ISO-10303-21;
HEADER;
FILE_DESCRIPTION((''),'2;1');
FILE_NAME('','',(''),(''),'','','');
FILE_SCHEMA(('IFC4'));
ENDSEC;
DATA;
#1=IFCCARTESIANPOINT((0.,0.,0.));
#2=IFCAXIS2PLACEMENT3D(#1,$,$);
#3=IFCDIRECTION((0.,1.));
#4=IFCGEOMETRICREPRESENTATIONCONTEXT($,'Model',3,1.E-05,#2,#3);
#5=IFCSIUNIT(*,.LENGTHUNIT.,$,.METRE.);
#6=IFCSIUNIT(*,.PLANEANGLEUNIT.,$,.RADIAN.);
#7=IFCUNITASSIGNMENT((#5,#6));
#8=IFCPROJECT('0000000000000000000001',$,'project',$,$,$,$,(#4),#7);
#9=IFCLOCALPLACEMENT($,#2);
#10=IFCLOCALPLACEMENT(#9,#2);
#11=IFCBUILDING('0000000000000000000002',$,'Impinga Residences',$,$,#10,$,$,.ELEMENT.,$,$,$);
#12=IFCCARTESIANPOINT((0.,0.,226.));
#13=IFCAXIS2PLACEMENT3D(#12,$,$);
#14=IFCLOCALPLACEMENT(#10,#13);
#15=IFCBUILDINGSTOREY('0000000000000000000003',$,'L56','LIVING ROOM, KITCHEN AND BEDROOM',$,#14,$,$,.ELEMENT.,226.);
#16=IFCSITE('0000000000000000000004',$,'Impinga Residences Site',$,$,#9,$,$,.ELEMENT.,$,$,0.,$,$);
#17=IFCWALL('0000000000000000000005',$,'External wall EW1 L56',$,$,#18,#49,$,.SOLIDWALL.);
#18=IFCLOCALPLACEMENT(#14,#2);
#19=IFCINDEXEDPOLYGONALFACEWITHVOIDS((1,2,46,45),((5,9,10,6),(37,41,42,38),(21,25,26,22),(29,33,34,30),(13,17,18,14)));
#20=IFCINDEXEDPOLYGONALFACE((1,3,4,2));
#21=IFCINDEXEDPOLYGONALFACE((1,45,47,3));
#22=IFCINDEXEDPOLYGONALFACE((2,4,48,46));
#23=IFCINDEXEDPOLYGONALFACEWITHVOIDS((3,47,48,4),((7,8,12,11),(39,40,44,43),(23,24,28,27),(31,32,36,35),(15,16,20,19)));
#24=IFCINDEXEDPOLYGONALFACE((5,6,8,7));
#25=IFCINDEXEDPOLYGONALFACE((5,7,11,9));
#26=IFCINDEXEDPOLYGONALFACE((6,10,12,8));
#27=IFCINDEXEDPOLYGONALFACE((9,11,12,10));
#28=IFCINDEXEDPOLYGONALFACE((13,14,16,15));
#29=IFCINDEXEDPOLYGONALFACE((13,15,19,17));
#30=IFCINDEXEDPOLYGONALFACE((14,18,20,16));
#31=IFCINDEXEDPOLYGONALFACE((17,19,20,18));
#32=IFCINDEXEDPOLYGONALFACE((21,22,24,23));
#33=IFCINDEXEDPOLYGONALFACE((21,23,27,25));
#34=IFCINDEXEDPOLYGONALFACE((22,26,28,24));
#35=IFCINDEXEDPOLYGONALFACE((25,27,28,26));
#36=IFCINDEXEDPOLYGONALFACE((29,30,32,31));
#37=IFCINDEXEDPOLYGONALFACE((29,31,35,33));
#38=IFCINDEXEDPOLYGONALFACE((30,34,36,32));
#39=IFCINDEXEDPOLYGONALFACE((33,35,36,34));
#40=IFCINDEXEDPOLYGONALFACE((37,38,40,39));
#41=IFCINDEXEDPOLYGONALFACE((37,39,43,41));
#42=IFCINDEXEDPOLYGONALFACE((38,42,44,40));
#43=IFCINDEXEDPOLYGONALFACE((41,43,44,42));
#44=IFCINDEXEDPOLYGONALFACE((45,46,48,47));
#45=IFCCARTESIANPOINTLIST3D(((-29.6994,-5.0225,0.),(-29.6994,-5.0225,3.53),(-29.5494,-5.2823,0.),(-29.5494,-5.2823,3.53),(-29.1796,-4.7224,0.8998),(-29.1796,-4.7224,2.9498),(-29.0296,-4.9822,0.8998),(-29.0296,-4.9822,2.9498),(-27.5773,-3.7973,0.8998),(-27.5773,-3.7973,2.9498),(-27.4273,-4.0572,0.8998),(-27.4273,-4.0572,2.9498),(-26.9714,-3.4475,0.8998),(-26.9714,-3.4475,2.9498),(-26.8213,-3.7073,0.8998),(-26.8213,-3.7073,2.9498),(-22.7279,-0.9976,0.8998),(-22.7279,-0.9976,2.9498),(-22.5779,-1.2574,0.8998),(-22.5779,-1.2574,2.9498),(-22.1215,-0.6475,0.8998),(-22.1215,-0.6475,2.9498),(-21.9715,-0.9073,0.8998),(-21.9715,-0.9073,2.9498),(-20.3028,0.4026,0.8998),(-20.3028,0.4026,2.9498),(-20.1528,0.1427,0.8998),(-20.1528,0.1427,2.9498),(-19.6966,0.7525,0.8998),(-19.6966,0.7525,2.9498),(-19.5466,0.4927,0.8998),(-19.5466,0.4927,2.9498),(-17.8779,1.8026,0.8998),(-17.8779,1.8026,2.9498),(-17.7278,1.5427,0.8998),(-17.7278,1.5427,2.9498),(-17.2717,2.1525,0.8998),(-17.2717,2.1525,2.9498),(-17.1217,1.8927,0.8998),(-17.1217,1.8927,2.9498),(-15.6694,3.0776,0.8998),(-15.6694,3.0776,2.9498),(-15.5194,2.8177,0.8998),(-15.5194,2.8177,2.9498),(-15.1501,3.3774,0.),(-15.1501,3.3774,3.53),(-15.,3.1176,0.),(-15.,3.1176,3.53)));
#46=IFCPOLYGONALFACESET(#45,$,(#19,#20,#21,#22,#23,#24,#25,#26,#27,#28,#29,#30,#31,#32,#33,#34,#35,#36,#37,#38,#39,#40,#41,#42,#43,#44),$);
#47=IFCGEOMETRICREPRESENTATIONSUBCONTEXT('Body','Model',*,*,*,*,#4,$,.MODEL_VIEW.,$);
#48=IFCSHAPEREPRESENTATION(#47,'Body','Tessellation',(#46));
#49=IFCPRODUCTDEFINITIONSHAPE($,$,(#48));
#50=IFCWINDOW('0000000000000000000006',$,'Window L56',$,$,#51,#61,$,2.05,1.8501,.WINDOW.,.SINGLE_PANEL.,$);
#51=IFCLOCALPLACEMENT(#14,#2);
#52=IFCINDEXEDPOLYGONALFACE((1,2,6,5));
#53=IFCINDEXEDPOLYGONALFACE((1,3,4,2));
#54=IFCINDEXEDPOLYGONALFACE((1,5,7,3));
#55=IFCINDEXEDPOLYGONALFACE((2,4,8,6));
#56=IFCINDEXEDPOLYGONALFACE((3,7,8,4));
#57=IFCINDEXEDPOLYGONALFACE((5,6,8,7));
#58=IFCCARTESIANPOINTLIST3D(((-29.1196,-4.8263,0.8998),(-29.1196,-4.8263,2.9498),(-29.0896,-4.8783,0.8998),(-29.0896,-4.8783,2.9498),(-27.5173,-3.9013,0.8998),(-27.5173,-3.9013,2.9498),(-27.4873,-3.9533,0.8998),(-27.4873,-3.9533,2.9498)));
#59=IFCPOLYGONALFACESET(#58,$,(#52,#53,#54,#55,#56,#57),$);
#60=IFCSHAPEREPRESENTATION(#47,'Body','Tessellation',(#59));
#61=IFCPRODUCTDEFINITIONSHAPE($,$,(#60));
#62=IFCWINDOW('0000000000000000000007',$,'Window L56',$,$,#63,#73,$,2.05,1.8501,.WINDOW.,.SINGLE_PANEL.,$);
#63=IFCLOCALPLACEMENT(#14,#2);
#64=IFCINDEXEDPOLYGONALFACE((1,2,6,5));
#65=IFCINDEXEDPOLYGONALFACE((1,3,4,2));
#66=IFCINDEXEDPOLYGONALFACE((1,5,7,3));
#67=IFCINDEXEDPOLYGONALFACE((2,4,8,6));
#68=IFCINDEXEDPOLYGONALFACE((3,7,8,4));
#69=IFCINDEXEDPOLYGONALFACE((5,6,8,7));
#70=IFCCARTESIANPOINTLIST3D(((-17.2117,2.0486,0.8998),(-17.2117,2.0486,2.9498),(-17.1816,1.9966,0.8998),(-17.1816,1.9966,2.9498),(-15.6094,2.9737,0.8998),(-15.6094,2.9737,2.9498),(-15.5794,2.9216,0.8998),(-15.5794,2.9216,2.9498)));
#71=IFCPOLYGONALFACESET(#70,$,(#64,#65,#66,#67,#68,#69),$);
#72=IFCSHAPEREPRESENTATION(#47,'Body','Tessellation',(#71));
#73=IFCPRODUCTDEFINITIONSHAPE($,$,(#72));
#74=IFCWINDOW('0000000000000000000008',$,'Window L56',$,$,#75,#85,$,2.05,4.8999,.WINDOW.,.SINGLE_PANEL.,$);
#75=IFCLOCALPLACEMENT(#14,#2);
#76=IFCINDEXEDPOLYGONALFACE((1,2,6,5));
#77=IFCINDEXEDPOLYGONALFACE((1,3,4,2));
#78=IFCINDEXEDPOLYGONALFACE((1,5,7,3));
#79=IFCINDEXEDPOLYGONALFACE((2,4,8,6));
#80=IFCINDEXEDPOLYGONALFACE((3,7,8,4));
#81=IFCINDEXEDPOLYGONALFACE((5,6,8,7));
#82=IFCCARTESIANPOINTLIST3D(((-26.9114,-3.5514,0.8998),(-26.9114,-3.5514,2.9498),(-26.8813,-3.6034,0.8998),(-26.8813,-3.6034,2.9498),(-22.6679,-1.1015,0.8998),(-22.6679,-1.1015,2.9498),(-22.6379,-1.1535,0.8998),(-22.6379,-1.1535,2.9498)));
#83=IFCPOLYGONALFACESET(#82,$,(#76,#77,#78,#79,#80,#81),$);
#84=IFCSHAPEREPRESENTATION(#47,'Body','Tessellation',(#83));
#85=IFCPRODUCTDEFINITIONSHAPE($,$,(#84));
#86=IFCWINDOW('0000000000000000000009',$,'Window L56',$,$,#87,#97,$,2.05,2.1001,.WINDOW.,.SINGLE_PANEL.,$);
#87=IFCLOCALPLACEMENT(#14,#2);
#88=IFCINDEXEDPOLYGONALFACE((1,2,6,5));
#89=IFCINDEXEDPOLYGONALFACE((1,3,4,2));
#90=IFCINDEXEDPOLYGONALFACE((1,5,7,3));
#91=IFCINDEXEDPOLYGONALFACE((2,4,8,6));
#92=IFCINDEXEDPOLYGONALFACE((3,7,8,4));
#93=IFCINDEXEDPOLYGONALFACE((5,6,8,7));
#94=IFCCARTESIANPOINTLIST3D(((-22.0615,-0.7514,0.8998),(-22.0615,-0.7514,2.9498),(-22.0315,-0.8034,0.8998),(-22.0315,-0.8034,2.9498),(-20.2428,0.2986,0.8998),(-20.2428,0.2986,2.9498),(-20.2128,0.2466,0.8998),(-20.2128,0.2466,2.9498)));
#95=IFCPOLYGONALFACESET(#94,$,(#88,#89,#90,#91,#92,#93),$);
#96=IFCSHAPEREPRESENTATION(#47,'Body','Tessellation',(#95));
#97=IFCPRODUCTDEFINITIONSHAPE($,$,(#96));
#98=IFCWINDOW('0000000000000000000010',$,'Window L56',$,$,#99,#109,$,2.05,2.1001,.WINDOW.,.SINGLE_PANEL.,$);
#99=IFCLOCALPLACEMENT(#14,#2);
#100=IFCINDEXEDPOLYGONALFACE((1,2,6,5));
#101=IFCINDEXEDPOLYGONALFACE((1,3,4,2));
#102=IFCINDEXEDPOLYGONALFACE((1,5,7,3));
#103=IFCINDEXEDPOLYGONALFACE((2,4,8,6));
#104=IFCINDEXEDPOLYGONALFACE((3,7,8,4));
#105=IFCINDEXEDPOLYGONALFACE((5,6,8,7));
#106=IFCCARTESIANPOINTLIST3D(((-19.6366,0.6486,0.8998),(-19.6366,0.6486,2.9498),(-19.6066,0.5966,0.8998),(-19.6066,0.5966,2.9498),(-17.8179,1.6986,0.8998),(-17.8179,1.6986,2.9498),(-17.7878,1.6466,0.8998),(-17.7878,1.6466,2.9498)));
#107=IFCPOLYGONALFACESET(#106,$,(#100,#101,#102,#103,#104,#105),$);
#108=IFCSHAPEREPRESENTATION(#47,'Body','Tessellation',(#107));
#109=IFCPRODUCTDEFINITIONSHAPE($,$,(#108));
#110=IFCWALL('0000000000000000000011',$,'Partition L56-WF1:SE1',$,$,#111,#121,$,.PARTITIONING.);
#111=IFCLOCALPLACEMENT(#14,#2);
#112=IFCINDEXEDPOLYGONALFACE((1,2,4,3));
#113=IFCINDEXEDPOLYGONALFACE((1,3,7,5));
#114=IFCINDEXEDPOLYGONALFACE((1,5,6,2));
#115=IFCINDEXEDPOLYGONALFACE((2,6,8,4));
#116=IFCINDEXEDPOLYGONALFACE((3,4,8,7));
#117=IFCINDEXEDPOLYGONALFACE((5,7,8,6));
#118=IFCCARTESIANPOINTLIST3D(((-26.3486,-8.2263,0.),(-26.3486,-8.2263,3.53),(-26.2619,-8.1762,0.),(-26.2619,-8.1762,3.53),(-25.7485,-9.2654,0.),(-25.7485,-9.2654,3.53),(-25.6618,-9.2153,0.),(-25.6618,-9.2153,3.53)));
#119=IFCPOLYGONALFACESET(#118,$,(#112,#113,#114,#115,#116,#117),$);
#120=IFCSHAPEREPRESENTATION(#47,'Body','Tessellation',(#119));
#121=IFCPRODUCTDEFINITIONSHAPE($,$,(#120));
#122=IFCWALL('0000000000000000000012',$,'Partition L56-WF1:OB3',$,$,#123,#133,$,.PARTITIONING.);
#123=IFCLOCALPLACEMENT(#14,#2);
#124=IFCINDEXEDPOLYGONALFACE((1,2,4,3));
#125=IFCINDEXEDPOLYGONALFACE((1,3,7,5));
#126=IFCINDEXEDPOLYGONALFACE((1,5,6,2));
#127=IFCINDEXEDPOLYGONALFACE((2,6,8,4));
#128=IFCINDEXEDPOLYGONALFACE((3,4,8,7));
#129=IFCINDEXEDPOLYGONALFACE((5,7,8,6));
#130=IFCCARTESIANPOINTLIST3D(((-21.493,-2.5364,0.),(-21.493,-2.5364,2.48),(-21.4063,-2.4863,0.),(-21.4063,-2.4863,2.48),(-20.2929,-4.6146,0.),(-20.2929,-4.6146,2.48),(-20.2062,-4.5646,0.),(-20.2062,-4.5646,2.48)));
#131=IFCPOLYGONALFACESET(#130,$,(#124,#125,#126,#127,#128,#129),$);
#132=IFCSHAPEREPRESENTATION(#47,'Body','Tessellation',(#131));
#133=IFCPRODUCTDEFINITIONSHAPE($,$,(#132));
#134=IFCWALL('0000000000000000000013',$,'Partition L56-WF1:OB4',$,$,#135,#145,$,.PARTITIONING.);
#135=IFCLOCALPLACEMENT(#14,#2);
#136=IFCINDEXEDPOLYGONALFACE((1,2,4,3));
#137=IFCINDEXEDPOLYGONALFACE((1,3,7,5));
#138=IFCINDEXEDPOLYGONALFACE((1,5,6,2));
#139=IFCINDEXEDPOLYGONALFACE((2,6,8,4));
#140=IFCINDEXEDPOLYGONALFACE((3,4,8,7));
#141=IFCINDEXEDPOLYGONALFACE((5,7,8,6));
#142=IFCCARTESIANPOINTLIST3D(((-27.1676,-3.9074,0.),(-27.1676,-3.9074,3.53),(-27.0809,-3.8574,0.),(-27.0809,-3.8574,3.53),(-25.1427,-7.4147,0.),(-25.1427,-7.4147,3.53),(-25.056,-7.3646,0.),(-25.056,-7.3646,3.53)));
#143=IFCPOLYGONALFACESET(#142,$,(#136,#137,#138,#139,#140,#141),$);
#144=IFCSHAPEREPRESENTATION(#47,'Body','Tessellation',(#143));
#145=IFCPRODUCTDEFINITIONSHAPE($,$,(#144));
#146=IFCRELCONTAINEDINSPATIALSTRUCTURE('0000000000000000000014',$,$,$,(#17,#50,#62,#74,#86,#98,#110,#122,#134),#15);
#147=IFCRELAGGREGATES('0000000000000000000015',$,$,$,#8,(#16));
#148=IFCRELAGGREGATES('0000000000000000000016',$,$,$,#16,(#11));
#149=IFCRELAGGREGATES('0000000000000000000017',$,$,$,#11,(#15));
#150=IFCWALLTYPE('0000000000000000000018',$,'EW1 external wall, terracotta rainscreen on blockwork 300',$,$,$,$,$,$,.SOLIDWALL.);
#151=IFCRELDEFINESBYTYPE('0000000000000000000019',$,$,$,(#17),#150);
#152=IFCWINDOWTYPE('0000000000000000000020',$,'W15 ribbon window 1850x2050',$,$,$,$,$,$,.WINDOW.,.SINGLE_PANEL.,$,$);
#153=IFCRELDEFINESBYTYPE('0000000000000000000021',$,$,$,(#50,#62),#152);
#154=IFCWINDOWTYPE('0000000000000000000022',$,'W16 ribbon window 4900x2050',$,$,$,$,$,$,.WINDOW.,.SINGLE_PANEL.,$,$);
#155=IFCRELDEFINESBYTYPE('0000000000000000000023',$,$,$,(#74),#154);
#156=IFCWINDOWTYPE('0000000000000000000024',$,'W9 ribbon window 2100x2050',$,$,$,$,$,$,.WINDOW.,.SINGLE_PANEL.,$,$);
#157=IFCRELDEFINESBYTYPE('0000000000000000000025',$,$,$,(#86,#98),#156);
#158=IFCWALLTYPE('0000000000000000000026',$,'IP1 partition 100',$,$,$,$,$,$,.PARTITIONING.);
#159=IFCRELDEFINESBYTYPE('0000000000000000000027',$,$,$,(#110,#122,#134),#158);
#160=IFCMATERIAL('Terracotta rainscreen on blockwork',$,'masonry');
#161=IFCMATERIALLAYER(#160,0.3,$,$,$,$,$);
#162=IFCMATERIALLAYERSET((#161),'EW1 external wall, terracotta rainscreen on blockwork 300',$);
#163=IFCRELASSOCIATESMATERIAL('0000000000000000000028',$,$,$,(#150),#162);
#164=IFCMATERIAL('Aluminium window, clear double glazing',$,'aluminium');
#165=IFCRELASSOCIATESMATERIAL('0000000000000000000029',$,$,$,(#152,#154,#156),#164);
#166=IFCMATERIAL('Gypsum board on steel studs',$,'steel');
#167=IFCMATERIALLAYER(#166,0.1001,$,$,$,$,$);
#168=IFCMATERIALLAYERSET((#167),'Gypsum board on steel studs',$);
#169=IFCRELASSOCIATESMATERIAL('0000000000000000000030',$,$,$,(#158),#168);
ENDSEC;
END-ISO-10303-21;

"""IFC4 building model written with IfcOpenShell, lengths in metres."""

from ifc_helpers import new_model, si_unit, direction, frame, frame_2d, origin, place, context, subcontext, project, spatial, rectangle, extrude, material, layer, layer_set, type_object, element, fill, save


model = new_model("IFC4")

# Units and contexts
model_context = context("Model", 3, precision=1e-05, world=origin(), true_north=direction((0.0, 1.0)))
body_context = subcontext(model_context, "Body", "Model", "MODEL_VIEW")
ifc_project = project(units=[si_unit("LENGTHUNIT", "METRE"), si_unit("PLANEANGLEUNIT", "RADIAN")], contexts=[model_context])

# Site, building, storey
site_placement = place(None, origin())
site = spatial("IfcSite", under=ifc_project, at=site_placement, Name="Impinga Residences Site", CompositionType="ELEMENT", RefElevation=0.0)
building_placement = place(site_placement, origin())
building = spatial("IfcBuilding", under=site, at=building_placement, Name="Impinga Residences", CompositionType="ELEMENT")
storey_placement = place(building_placement, frame((0.0, 0.0, 226.0)))
storey = spatial("IfcBuildingStorey", under=building, at=storey_placement, Name="L56", Description="LIVING ROOM, KITCHEN AND BEDROOM", CompositionType="ELEMENT", Elevation=226.0)

# Shared definitions
ifc_material_1 = material(Name="Terracotta rainscreen on blockwork", Category="masonry")
ifc_layer_1 = layer(ifc_material_1, 0.3)
ifc_layer_set_1 = layer_set([ifc_layer_1], Name="EW1 external wall, terracotta rainscreen on blockwork 300")
wall_type_1 = type_object("IfcWallType", Name="EW1 external wall, terracotta rainscreen on blockwork 300", PredefinedType="SOLIDWALL", material=ifc_layer_set_1)

# Wall, openings, windows
wall_1_placement = place(storey_placement, frame((-29.6243, -5.1523, 0.0), z_axis=(0.0, 0.0, 1.0), x_axis=(0.866029, 0.499993, 0.0)))
wall_1 = element("IfcWall", 1, at=wall_1_placement, inside=storey, type_object=wall_type_1, Name="External wall EW1 L56", PredefinedType="SOLIDWALL", context=body_context, shape_type="SweptSolid", body=[
    extrude(rectangle(XDim=16.8, YDim=0.3, at=frame_2d((8.3999, 0.0))), origin(), (0.0, 0.0, 1.0), 3.53),
])
opening_1_placement = place(wall_1_placement, frame((0.6001, 0.0, 0.8999)))
opening_1 = element("IfcOpeningElement", 2, at=opening_1_placement, cuts=wall_1, PredefinedType="OPENING", context=body_context, shape_type="SweptSolid", body=[
    extrude(rectangle(XDim=1.8501, YDim=2.05, at=frame_2d((0.925, 1.0249))), frame((0.0, 0.1599, 0.0), z_axis=(0.0, -1.0, 0.0), x_axis=(1.0, 0.0, 0.0)), (0.0, 0.0, 1.0), 0.3201),
])
opening_2_placement = place(wall_1_placement, frame((3.1499, 0.0, 0.8999)))
opening_2 = element("IfcOpeningElement", 3, at=opening_2_placement, cuts=wall_1, PredefinedType="OPENING", context=body_context, shape_type="SweptSolid", body=[
    extrude(rectangle(XDim=4.8999, YDim=2.05, at=frame_2d((2.45, 1.0249))), frame((0.0, 0.1599, 0.0), z_axis=(0.0, -1.0, 0.0), x_axis=(1.0, 0.0, 0.0)), (0.0, 0.0, 1.0), 0.3201),
])
opening_3_placement = place(wall_1_placement, frame((8.75, 0.0, 0.8999)))
opening_3 = element("IfcOpeningElement", 4, at=opening_3_placement, cuts=wall_1, PredefinedType="OPENING", context=body_context, shape_type="SweptSolid", body=[
    extrude(rectangle(XDim=2.1001, YDim=2.05, at=frame_2d((1.05, 1.0249))), frame((0.0, 0.1599, 0.0), z_axis=(0.0, -1.0, 0.0), x_axis=(1.0, 0.0, 0.0)), (0.0, 0.0, 1.0), 0.3201),
])
opening_4_placement = place(wall_1_placement, frame((11.55, 0.0, 0.8999)))
opening_4 = element("IfcOpeningElement", 5, at=opening_4_placement, cuts=wall_1, PredefinedType="OPENING", context=body_context, shape_type="SweptSolid", body=[
    extrude(rectangle(XDim=2.1001, YDim=2.05, at=frame_2d((1.05, 1.0249))), frame((0.0, 0.1599, 0.0), z_axis=(0.0, -1.0, 0.0), x_axis=(1.0, 0.0, 0.0)), (0.0, 0.0, 1.0), 0.3201),
])
opening_5_placement = place(wall_1_placement, frame((14.3501, 0.0, 0.8999)))
opening_5 = element("IfcOpeningElement", 6, at=opening_5_placement, cuts=wall_1, PredefinedType="OPENING", context=body_context, shape_type="SweptSolid", body=[
    extrude(rectangle(XDim=1.8501, YDim=2.05, at=frame_2d((0.925, 1.0249))), frame((0.0, 0.1599, 0.0), z_axis=(0.0, -1.0, 0.0), x_axis=(1.0, 0.0, 0.0)), (0.0, 0.0, 1.0), 0.3201),
])
ifc_material_2 = material(Name="Aluminium window, clear double glazing", Category="aluminium")
window_type_1 = type_object("IfcWindowType", Name="W15 ribbon window 1850x2050", PartitioningType="SINGLE_PANEL", PredefinedType="WINDOW", material=ifc_material_2)
window_1_placement = place(opening_1_placement, origin())
window_1 = element("IfcWindow", 7, at=window_1_placement, inside=storey, type_object=window_type_1, Name="Window L56", OverallHeight=2.05, OverallWidth=1.8501, PartitioningType="SINGLE_PANEL", PredefinedType="WINDOW", context=body_context, shape_type="SweptSolid", body=[
    extrude(rectangle(XDim=1.8501, YDim=2.05, at=frame_2d((0.925, 1.0249))), frame((0.0, 0.03, 0.0), z_axis=(0.0, -1.0, 0.0), x_axis=(1.0, 0.0, 0.0)), (0.0, 0.0, 1.0), 0.0601),
])
fill(opening_1, window_1)
window_2_placement = place(opening_5_placement, origin())
window_2 = element("IfcWindow", 8, at=window_2_placement, inside=storey, type_object=window_type_1, Name="Window L56", OverallHeight=2.05, OverallWidth=1.8501, PartitioningType="SINGLE_PANEL", PredefinedType="WINDOW", context=body_context, shape_type="SweptSolid", body=[
    extrude(rectangle(XDim=1.8501, YDim=2.05, at=frame_2d((0.925, 1.0249))), frame((0.0, 0.03, 0.0), z_axis=(0.0, -1.0, 0.0), x_axis=(1.0, 0.0, 0.0)), (0.0, 0.0, 1.0), 0.0601),
])
fill(opening_5, window_2)
window_type_2 = type_object("IfcWindowType", Name="W16 ribbon window 4900x2050", PartitioningType="SINGLE_PANEL", PredefinedType="WINDOW", material=ifc_material_2)
window_3_placement = place(opening_2_placement, origin())
window_3 = element("IfcWindow", 9, at=window_3_placement, inside=storey, type_object=window_type_2, Name="Window L56", OverallHeight=2.05, OverallWidth=4.8999, PartitioningType="SINGLE_PANEL", PredefinedType="WINDOW", context=body_context, shape_type="SweptSolid", body=[
    extrude(rectangle(XDim=4.8999, YDim=2.05, at=frame_2d((2.45, 1.0249))), frame((0.0, 0.03, 0.0), z_axis=(0.0, -1.0, 0.0), x_axis=(1.0, 0.0, 0.0)), (0.0, 0.0, 1.0), 0.0601),
])
fill(opening_2, window_3)
window_type_3 = type_object("IfcWindowType", Name="W9 ribbon window 2100x2050", PartitioningType="SINGLE_PANEL", PredefinedType="WINDOW", material=ifc_material_2)
window_4_placement = place(opening_3_placement, origin())
window_4 = element("IfcWindow", 10, at=window_4_placement, inside=storey, type_object=window_type_3, Name="Window L56", OverallHeight=2.05, OverallWidth=2.1001, PartitioningType="SINGLE_PANEL", PredefinedType="WINDOW", context=body_context, shape_type="SweptSolid", body=[
    extrude(rectangle(XDim=2.1001, YDim=2.05, at=frame_2d((1.05, 1.0249))), frame((0.0, 0.03, 0.0), z_axis=(0.0, -1.0, 0.0), x_axis=(1.0, 0.0, 0.0)), (0.0, 0.0, 1.0), 0.0601),
])
fill(opening_3, window_4)
window_5_placement = place(opening_4_placement, origin())
window_5 = element("IfcWindow", 11, at=window_5_placement, inside=storey, type_object=window_type_3, Name="Window L56", OverallHeight=2.05, OverallWidth=2.1001, PartitioningType="SINGLE_PANEL", PredefinedType="WINDOW", context=body_context, shape_type="SweptSolid", body=[
    extrude(rectangle(XDim=2.1001, YDim=2.05, at=frame_2d((1.05, 1.0249))), frame((0.0, 0.03, 0.0), z_axis=(0.0, -1.0, 0.0), x_axis=(1.0, 0.0, 0.0)), (0.0, 0.0, 1.0), 0.0601),
])
fill(opening_4, window_5)

# Walls
ifc_material_3 = material(Name="Gypsum board on steel studs", Category="steel")
ifc_layer_2 = layer(ifc_material_3, 0.1001)
ifc_layer_set_2 = layer_set([ifc_layer_2], Name="Gypsum board on steel studs")
wall_type_2 = type_object("IfcWallType", Name="IP1 partition 100", PredefinedType="PARTITIONING", material=ifc_layer_set_2)
wall_2_placement = place(storey_placement, frame((-25.7051, -9.2405, 0.0), z_axis=(0.0, 0.0, 1.0), x_axis=(-0.500122, 0.865955, 0.0)))
element("IfcWall", 12, at=wall_2_placement, inside=storey, type_object=wall_type_2, Name="Partition L56-WF1:SE1", PredefinedType="PARTITIONING", context=body_context, shape_type="SweptSolid", body=[
    extrude(rectangle(XDim=1.2, YDim=0.1001, at=frame_2d((0.6001, 0.0))), origin(), (0.0, 0.0, 1.0), 3.53),
])
wall_3_placement = place(storey_placement, frame((-20.2495, -4.5896, 0.0), z_axis=(0.0, 0.0, 1.0), x_axis=(-0.500078, 0.865981, 0.0)))
element("IfcWall", 13, at=wall_3_placement, inside=storey, type_object=wall_type_2, Name="Partition L56-WF1:OB3", PredefinedType="PARTITIONING", context=body_context, shape_type="SweptSolid", body=[
    extrude(rectangle(XDim=2.3999, YDim=0.1001, at=frame_2d((1.2, 0.0))), origin(), (0.0, 0.0, 1.0), 2.48),
])
wall_4_placement = place(storey_placement, frame((-25.0994, -7.3896, 0.0), z_axis=(0.0, 0.0, 1.0), x_axis=(-0.49999, 0.866031, 0.0)))
element("IfcWall", 14, at=wall_4_placement, inside=storey, type_object=wall_type_2, Name="Partition L56-WF1:OB4", PredefinedType="PARTITIONING", context=body_context, shape_type="SweptSolid", body=[
    extrude(rectangle(XDim=4.0498, YDim=0.1001, at=frame_2d((2.0249, 0.0))), origin(), (0.0, 0.0, 1.0), 3.53),
])

save(model, "model.ifc")
